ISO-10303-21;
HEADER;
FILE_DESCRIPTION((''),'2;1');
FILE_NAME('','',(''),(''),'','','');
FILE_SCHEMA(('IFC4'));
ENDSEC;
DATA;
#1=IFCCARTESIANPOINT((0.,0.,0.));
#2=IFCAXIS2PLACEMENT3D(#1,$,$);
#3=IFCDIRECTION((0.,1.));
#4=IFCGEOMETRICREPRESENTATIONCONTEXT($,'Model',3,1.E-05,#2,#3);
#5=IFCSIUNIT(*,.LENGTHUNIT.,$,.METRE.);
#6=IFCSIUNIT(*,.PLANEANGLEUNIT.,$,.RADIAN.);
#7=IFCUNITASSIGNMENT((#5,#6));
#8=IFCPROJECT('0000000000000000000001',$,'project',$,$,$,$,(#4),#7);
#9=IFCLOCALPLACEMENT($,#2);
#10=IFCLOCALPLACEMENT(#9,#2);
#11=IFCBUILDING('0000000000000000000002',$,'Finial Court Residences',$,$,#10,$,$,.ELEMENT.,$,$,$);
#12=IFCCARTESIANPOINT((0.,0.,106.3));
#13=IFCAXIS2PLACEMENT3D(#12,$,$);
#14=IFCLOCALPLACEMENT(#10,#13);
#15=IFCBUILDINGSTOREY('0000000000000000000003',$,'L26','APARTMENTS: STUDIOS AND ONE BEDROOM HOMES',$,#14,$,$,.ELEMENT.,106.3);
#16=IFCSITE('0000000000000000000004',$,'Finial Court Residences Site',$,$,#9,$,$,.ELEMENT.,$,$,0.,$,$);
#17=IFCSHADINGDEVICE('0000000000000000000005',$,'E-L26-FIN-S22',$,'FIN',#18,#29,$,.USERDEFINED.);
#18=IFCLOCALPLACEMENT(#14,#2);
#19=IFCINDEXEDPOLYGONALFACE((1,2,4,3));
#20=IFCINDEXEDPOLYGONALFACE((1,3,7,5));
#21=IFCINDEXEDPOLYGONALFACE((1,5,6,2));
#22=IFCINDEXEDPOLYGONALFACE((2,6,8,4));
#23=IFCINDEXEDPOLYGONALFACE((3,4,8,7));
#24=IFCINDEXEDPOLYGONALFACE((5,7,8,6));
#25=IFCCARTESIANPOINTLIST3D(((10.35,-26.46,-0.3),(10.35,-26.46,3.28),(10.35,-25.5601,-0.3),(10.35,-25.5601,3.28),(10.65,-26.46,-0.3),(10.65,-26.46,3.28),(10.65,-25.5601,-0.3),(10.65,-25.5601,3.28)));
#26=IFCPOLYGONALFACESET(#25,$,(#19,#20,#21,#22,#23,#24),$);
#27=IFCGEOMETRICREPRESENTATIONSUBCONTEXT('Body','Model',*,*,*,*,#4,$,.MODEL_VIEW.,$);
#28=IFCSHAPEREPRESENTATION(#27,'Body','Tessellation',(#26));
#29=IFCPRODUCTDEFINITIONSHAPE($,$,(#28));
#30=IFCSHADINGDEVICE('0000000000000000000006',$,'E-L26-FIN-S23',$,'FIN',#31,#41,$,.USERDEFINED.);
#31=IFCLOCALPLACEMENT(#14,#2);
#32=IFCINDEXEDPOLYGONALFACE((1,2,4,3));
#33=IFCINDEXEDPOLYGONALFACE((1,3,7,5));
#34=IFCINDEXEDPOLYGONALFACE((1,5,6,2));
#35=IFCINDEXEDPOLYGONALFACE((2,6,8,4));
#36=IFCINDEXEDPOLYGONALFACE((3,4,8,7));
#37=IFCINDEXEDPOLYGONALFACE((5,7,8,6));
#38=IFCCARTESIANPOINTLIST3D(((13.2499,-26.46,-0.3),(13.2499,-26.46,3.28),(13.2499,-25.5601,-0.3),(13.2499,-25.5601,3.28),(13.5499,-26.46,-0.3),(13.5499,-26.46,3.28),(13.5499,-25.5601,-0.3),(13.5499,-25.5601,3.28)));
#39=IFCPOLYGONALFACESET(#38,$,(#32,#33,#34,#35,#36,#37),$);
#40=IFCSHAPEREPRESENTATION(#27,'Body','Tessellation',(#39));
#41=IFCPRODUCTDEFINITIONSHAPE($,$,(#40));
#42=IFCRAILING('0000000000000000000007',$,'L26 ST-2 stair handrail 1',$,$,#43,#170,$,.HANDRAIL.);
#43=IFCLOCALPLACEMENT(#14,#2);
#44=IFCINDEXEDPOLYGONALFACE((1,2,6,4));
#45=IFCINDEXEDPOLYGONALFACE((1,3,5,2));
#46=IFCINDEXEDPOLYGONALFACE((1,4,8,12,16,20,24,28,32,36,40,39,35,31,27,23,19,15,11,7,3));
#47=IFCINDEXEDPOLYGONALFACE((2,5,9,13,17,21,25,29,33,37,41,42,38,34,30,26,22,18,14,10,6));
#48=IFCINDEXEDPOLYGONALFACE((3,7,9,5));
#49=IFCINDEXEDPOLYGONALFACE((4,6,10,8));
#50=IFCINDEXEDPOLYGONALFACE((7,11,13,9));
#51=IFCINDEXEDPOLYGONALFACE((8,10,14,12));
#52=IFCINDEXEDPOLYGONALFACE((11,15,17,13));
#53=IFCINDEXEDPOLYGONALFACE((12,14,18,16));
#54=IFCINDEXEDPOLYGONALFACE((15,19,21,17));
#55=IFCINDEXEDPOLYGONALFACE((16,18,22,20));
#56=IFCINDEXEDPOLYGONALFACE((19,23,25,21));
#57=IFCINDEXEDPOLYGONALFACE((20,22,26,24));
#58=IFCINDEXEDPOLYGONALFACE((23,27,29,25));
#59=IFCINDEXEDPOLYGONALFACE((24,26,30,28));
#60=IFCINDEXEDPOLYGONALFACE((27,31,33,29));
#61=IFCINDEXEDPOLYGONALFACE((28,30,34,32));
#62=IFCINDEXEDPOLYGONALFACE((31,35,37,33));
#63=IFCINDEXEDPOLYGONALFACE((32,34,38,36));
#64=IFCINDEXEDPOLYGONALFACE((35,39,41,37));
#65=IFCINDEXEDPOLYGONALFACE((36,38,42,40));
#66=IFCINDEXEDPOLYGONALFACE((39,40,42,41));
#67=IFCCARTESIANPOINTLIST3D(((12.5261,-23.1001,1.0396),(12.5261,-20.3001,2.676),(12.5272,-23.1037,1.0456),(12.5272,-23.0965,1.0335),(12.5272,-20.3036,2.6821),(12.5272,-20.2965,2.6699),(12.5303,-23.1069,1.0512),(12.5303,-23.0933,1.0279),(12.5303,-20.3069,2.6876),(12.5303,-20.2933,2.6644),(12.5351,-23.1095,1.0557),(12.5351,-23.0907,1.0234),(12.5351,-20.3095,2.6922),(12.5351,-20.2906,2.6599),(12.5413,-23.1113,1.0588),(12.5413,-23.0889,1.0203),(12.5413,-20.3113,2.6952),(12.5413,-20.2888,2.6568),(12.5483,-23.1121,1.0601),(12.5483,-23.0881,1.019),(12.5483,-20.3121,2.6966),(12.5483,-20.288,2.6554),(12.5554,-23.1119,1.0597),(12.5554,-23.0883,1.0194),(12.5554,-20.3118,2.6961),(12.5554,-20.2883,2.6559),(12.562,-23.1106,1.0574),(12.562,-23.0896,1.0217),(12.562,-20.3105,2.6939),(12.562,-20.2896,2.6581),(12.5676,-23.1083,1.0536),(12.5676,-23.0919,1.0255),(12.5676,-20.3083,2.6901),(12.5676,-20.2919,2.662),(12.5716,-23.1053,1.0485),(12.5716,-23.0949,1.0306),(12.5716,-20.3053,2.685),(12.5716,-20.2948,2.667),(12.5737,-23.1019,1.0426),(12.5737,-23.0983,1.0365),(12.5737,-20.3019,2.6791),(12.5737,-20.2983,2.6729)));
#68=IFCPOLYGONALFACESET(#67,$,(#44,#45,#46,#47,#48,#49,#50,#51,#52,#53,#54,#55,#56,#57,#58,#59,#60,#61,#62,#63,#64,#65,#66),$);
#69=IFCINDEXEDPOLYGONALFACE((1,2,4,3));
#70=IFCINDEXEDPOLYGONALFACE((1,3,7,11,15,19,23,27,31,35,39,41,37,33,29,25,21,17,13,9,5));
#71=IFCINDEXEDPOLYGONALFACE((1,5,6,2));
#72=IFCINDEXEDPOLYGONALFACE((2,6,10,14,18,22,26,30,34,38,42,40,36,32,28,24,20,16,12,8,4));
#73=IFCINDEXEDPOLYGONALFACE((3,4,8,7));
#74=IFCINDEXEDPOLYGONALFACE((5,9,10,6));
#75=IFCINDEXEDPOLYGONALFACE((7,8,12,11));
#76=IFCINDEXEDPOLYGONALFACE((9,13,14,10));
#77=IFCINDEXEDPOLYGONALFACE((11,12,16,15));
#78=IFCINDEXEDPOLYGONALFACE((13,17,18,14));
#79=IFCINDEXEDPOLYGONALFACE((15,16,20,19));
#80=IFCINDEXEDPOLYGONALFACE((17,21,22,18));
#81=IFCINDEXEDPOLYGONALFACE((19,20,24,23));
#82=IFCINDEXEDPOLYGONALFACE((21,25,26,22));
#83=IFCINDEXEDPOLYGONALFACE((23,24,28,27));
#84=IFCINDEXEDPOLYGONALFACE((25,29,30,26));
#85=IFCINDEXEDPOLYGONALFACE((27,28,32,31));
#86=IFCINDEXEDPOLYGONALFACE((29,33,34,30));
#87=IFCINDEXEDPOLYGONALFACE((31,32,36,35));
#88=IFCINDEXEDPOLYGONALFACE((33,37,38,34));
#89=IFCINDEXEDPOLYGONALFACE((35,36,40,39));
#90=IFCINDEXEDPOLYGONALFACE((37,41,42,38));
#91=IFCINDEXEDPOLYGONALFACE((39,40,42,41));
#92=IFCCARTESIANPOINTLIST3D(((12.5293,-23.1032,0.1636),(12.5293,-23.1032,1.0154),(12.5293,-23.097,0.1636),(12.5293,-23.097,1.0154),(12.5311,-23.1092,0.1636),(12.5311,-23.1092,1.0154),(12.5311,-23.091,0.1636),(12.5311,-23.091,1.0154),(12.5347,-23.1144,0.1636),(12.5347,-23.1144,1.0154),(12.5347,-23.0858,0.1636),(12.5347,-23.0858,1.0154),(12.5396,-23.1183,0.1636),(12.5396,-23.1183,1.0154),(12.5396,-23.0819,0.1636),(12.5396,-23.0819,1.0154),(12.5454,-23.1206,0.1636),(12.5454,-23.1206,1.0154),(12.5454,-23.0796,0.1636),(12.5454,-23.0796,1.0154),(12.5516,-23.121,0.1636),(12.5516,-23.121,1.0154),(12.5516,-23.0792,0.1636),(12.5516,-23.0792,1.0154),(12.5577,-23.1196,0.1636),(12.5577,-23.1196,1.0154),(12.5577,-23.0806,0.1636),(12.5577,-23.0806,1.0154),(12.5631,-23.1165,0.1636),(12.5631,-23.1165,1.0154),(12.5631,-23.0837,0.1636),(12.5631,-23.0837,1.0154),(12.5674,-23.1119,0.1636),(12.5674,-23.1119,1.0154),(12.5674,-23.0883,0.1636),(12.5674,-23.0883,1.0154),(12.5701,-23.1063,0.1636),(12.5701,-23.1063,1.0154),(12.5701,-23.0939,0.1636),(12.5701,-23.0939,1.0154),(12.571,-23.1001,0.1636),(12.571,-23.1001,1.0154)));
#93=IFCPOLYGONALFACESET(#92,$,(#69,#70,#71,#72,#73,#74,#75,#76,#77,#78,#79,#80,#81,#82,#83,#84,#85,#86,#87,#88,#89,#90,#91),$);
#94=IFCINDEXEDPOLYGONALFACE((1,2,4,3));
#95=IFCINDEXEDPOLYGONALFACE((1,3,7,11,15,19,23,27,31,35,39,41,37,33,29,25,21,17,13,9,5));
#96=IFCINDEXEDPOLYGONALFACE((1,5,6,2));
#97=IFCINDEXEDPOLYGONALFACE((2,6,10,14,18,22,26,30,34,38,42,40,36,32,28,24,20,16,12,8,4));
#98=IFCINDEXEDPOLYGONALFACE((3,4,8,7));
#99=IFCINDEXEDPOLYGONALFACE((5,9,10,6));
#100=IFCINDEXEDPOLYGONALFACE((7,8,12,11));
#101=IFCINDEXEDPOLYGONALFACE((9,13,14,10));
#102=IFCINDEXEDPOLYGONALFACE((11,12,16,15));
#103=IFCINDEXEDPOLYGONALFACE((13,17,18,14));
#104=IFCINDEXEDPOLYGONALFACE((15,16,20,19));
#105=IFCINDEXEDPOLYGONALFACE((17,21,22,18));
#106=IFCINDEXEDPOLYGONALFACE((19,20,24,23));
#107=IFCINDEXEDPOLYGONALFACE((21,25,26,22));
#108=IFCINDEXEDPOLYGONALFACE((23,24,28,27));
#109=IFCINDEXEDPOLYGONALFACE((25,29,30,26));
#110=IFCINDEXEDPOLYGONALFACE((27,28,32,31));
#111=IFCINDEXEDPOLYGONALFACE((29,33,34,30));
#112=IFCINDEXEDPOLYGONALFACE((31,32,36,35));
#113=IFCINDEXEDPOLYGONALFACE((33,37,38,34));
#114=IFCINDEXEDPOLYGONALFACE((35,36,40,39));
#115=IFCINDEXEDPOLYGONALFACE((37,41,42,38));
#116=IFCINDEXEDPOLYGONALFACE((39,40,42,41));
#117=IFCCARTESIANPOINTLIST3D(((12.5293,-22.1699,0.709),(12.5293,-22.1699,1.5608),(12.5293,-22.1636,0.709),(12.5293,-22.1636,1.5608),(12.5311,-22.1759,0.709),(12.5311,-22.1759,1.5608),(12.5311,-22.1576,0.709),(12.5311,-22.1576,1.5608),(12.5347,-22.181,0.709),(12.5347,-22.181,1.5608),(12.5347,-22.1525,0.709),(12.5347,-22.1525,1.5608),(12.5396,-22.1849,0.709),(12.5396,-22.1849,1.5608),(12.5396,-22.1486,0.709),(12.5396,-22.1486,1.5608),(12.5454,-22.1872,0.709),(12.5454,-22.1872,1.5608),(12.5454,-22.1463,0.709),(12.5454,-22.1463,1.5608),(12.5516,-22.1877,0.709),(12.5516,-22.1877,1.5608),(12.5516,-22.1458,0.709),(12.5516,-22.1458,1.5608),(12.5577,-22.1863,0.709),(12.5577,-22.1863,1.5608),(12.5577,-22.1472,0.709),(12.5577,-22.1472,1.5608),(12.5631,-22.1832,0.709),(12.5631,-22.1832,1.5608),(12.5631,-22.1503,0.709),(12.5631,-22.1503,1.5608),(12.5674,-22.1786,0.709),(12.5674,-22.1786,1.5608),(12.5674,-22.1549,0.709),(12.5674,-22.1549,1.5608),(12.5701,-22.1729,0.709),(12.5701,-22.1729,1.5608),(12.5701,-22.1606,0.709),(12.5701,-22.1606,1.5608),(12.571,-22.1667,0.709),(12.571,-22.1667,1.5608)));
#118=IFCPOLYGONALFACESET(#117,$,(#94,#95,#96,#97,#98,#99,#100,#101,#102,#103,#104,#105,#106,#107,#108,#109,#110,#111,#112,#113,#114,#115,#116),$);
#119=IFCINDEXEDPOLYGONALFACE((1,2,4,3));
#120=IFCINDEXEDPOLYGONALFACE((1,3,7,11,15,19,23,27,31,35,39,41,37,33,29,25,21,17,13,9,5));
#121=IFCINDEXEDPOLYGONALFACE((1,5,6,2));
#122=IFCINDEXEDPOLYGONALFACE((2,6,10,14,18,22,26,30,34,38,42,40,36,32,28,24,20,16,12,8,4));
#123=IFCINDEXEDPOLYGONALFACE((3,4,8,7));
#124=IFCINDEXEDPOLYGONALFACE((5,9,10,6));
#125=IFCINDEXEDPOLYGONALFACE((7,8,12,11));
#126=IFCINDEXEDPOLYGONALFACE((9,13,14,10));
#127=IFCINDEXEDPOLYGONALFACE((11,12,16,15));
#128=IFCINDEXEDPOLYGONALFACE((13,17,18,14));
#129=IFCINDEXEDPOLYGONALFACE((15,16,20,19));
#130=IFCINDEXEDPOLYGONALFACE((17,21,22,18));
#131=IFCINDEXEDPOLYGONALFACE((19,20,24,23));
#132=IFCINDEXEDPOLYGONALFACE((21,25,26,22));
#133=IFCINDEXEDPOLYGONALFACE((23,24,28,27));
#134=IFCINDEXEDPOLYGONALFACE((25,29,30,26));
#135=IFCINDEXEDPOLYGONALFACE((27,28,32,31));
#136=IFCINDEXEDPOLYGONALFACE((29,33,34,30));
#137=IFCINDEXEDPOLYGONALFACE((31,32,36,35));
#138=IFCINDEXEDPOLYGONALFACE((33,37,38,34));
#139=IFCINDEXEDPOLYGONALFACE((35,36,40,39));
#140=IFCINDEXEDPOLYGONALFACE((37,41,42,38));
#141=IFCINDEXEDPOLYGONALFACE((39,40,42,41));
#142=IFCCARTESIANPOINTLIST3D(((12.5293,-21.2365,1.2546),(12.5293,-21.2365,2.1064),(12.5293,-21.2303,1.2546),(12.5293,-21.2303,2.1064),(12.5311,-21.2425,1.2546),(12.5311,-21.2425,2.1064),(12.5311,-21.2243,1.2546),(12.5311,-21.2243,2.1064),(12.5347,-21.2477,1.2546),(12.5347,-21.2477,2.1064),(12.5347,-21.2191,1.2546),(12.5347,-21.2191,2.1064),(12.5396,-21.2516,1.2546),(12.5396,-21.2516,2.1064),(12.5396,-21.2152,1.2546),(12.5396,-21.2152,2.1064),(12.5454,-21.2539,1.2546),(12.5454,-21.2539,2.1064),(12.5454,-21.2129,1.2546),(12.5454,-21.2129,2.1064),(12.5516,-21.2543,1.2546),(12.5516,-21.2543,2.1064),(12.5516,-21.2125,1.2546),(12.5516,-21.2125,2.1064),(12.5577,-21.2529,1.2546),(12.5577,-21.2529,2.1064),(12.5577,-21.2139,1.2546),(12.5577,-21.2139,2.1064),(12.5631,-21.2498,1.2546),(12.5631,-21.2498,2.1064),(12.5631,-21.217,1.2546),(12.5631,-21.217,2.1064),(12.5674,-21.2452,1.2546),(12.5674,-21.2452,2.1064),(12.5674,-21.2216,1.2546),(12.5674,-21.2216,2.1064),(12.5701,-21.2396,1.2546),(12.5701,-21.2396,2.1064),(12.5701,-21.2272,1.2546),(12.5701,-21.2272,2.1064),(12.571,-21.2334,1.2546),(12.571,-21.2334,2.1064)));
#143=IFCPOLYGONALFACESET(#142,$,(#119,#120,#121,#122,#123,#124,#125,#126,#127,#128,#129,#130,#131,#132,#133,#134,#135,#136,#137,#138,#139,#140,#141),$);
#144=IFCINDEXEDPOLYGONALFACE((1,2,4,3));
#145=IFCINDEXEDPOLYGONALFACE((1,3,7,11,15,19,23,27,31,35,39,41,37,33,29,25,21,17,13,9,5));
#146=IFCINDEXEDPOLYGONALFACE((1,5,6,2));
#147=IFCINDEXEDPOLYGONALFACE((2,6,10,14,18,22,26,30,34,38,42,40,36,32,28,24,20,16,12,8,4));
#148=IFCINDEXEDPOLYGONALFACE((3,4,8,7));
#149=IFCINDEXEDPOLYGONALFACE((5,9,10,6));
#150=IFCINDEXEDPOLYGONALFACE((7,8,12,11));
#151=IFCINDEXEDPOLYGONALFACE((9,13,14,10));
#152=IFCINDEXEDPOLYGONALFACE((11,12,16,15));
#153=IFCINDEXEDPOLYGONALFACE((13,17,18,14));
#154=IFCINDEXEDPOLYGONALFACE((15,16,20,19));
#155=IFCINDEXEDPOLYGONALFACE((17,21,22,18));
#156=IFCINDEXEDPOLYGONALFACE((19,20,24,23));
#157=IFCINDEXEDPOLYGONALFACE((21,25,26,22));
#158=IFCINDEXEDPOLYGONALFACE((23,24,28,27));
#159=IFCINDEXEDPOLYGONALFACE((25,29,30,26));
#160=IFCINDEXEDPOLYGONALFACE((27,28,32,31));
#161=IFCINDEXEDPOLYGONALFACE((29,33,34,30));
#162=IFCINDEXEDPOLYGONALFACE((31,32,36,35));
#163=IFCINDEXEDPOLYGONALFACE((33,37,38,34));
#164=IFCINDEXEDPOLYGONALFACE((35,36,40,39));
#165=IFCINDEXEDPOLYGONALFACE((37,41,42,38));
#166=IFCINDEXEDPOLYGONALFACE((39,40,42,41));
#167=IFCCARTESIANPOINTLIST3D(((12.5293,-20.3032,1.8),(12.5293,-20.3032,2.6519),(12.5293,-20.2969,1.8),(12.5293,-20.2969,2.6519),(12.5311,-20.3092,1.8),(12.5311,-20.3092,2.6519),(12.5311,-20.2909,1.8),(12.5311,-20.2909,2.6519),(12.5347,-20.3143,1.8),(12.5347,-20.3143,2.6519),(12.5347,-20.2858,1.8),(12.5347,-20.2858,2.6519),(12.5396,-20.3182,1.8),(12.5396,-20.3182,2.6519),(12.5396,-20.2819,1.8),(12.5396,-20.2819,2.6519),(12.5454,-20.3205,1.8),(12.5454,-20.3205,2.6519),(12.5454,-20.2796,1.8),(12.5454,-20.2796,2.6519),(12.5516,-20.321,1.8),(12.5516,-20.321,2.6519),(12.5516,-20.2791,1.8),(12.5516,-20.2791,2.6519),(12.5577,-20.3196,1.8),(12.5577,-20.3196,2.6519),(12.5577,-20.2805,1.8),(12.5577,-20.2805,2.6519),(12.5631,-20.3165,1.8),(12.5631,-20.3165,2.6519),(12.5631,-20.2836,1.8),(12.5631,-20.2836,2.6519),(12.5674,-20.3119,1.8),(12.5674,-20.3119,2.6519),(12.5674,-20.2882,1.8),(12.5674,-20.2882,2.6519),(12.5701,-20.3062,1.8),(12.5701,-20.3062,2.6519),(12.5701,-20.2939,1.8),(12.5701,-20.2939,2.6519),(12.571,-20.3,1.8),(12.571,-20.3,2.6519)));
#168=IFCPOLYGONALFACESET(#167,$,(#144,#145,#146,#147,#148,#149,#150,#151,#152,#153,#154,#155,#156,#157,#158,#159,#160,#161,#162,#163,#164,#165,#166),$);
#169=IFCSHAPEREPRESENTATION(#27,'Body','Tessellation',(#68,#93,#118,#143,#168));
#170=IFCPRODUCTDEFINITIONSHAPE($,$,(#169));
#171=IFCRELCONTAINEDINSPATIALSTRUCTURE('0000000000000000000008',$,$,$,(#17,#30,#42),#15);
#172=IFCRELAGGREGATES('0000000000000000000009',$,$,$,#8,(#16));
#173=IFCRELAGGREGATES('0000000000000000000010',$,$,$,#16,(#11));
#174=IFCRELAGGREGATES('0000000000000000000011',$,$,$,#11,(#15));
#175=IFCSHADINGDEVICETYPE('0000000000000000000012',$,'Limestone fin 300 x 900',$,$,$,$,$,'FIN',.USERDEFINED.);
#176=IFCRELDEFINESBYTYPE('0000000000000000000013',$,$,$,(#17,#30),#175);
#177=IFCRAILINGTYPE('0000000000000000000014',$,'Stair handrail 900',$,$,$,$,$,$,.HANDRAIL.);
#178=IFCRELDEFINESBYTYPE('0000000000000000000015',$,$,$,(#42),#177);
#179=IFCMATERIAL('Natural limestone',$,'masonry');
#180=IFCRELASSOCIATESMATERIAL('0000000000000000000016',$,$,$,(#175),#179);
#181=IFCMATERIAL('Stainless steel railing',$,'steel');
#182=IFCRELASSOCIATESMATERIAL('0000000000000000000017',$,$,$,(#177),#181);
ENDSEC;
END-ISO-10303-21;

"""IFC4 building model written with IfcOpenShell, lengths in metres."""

from ifc_helpers import new_model, si_unit, direction, frame, origin, origin_2d, place, context, subcontext, project, spatial, rectangle, circle, extrude, material, type_object, element, save


model = new_model("IFC4")

# Units and contexts
model_context = context("Model", 3, precision=1e-05, world=origin(), true_north=direction((0.0, 1.0)))
body_context = subcontext(model_context, "Body", "Model", "MODEL_VIEW")
ifc_project = project(units=[si_unit("LENGTHUNIT", "METRE"), si_unit("PLANEANGLEUNIT", "RADIAN")], contexts=[model_context])

# Site, building, storey
site_placement = place(None, origin())
site = spatial("IfcSite", under=ifc_project, at=site_placement, Name="Finial Court Residences Site", CompositionType="ELEMENT", RefElevation=0.0)
building_placement = place(site_placement, origin())
building = spatial("IfcBuilding", under=site, at=building_placement, Name="Finial Court Residences", CompositionType="ELEMENT")
storey_placement = place(building_placement, frame((0.0, 0.0, 106.3)))
storey = spatial("IfcBuildingStorey", under=building, at=storey_placement, Name="L26", Description="APARTMENTS: STUDIOS AND ONE BEDROOM HOMES", CompositionType="ELEMENT", Elevation=106.3)

# Shading devices
ifc_material_1 = material(Name="Natural limestone", Category="masonry")
shading_device_type = type_object("IfcShadingDeviceType", Name="Limestone fin 300 x 900", ElementType="FIN", PredefinedType="USERDEFINED", material=ifc_material_1)
for number, where, z_axis, x_axis, name in (
    (1, (10.5, -26.01, -0.3), (0.0, 0.0, 1.0), (1.0, 0.0, 0.0), "E-L26-FIN-S22"),
    (2, (13.3999, -26.01, -0.3), (0.0, 0.0, 1.0), (1.0, 0.0, 0.0), "E-L26-FIN-S23"),
):
    element("IfcShadingDevice", number, at=place(storey_placement, frame(where, z_axis=z_axis, x_axis=x_axis)), inside=storey, type_object=shading_device_type, Name=name, ObjectType="FIN", PredefinedType="USERDEFINED", context=body_context, shape_type="SweptSolid", body=[
        extrude(rectangle(XDim=0.3, YDim=0.8999, at=origin_2d()), origin(), (0.0, 0.0, 1.0), 3.5801),
    ])

# Railing
ifc_material_2 = material(Name="Stainless steel railing", Category="steel")
railing_type_1 = type_object("IfcRailingType", Name="Stair handrail 900", PredefinedType="HANDRAIL", material=ifc_material_2)
railing_1_placement = place(storey_placement, frame((12.55, -23.1001, 0.1636)))
element("IfcRailing", 3, at=railing_1_placement, inside=storey, type_object=railing_type_1, Name="L26 ST-2 stair handrail 1", PredefinedType="HANDRAIL", context=body_context, shape_type="SweptSolid", body=[
    extrude(circle(Radius=0.0239, at=origin_2d()), frame((0.0, 0.0, 0.876), z_axis=(0.0, 0.863361, 0.504587), x_axis=(-1.0, 0.0, 0.0)), (0.0, 0.0, 1.0), 3.2432),
    extrude(circle(Radius=0.021, at=origin_2d()), origin(), (0.0, 0.0, 1.0), 0.8518),
    extrude(circle(Radius=0.021, at=origin_2d()), frame((0.0, 0.9333, 0.5454)), (0.0, 0.0, 1.0), 0.8518),
    extrude(circle(Radius=0.021, at=origin_2d()), frame((0.0, 1.8667, 1.0911)), (0.0, 0.0, 1.0), 0.8518),
    extrude(circle(Radius=0.021, at=origin_2d()), frame((0.0, 2.8, 1.6365)), (0.0, 0.0, 1.0), 0.8518),
])

save(model, "model.ifc")
